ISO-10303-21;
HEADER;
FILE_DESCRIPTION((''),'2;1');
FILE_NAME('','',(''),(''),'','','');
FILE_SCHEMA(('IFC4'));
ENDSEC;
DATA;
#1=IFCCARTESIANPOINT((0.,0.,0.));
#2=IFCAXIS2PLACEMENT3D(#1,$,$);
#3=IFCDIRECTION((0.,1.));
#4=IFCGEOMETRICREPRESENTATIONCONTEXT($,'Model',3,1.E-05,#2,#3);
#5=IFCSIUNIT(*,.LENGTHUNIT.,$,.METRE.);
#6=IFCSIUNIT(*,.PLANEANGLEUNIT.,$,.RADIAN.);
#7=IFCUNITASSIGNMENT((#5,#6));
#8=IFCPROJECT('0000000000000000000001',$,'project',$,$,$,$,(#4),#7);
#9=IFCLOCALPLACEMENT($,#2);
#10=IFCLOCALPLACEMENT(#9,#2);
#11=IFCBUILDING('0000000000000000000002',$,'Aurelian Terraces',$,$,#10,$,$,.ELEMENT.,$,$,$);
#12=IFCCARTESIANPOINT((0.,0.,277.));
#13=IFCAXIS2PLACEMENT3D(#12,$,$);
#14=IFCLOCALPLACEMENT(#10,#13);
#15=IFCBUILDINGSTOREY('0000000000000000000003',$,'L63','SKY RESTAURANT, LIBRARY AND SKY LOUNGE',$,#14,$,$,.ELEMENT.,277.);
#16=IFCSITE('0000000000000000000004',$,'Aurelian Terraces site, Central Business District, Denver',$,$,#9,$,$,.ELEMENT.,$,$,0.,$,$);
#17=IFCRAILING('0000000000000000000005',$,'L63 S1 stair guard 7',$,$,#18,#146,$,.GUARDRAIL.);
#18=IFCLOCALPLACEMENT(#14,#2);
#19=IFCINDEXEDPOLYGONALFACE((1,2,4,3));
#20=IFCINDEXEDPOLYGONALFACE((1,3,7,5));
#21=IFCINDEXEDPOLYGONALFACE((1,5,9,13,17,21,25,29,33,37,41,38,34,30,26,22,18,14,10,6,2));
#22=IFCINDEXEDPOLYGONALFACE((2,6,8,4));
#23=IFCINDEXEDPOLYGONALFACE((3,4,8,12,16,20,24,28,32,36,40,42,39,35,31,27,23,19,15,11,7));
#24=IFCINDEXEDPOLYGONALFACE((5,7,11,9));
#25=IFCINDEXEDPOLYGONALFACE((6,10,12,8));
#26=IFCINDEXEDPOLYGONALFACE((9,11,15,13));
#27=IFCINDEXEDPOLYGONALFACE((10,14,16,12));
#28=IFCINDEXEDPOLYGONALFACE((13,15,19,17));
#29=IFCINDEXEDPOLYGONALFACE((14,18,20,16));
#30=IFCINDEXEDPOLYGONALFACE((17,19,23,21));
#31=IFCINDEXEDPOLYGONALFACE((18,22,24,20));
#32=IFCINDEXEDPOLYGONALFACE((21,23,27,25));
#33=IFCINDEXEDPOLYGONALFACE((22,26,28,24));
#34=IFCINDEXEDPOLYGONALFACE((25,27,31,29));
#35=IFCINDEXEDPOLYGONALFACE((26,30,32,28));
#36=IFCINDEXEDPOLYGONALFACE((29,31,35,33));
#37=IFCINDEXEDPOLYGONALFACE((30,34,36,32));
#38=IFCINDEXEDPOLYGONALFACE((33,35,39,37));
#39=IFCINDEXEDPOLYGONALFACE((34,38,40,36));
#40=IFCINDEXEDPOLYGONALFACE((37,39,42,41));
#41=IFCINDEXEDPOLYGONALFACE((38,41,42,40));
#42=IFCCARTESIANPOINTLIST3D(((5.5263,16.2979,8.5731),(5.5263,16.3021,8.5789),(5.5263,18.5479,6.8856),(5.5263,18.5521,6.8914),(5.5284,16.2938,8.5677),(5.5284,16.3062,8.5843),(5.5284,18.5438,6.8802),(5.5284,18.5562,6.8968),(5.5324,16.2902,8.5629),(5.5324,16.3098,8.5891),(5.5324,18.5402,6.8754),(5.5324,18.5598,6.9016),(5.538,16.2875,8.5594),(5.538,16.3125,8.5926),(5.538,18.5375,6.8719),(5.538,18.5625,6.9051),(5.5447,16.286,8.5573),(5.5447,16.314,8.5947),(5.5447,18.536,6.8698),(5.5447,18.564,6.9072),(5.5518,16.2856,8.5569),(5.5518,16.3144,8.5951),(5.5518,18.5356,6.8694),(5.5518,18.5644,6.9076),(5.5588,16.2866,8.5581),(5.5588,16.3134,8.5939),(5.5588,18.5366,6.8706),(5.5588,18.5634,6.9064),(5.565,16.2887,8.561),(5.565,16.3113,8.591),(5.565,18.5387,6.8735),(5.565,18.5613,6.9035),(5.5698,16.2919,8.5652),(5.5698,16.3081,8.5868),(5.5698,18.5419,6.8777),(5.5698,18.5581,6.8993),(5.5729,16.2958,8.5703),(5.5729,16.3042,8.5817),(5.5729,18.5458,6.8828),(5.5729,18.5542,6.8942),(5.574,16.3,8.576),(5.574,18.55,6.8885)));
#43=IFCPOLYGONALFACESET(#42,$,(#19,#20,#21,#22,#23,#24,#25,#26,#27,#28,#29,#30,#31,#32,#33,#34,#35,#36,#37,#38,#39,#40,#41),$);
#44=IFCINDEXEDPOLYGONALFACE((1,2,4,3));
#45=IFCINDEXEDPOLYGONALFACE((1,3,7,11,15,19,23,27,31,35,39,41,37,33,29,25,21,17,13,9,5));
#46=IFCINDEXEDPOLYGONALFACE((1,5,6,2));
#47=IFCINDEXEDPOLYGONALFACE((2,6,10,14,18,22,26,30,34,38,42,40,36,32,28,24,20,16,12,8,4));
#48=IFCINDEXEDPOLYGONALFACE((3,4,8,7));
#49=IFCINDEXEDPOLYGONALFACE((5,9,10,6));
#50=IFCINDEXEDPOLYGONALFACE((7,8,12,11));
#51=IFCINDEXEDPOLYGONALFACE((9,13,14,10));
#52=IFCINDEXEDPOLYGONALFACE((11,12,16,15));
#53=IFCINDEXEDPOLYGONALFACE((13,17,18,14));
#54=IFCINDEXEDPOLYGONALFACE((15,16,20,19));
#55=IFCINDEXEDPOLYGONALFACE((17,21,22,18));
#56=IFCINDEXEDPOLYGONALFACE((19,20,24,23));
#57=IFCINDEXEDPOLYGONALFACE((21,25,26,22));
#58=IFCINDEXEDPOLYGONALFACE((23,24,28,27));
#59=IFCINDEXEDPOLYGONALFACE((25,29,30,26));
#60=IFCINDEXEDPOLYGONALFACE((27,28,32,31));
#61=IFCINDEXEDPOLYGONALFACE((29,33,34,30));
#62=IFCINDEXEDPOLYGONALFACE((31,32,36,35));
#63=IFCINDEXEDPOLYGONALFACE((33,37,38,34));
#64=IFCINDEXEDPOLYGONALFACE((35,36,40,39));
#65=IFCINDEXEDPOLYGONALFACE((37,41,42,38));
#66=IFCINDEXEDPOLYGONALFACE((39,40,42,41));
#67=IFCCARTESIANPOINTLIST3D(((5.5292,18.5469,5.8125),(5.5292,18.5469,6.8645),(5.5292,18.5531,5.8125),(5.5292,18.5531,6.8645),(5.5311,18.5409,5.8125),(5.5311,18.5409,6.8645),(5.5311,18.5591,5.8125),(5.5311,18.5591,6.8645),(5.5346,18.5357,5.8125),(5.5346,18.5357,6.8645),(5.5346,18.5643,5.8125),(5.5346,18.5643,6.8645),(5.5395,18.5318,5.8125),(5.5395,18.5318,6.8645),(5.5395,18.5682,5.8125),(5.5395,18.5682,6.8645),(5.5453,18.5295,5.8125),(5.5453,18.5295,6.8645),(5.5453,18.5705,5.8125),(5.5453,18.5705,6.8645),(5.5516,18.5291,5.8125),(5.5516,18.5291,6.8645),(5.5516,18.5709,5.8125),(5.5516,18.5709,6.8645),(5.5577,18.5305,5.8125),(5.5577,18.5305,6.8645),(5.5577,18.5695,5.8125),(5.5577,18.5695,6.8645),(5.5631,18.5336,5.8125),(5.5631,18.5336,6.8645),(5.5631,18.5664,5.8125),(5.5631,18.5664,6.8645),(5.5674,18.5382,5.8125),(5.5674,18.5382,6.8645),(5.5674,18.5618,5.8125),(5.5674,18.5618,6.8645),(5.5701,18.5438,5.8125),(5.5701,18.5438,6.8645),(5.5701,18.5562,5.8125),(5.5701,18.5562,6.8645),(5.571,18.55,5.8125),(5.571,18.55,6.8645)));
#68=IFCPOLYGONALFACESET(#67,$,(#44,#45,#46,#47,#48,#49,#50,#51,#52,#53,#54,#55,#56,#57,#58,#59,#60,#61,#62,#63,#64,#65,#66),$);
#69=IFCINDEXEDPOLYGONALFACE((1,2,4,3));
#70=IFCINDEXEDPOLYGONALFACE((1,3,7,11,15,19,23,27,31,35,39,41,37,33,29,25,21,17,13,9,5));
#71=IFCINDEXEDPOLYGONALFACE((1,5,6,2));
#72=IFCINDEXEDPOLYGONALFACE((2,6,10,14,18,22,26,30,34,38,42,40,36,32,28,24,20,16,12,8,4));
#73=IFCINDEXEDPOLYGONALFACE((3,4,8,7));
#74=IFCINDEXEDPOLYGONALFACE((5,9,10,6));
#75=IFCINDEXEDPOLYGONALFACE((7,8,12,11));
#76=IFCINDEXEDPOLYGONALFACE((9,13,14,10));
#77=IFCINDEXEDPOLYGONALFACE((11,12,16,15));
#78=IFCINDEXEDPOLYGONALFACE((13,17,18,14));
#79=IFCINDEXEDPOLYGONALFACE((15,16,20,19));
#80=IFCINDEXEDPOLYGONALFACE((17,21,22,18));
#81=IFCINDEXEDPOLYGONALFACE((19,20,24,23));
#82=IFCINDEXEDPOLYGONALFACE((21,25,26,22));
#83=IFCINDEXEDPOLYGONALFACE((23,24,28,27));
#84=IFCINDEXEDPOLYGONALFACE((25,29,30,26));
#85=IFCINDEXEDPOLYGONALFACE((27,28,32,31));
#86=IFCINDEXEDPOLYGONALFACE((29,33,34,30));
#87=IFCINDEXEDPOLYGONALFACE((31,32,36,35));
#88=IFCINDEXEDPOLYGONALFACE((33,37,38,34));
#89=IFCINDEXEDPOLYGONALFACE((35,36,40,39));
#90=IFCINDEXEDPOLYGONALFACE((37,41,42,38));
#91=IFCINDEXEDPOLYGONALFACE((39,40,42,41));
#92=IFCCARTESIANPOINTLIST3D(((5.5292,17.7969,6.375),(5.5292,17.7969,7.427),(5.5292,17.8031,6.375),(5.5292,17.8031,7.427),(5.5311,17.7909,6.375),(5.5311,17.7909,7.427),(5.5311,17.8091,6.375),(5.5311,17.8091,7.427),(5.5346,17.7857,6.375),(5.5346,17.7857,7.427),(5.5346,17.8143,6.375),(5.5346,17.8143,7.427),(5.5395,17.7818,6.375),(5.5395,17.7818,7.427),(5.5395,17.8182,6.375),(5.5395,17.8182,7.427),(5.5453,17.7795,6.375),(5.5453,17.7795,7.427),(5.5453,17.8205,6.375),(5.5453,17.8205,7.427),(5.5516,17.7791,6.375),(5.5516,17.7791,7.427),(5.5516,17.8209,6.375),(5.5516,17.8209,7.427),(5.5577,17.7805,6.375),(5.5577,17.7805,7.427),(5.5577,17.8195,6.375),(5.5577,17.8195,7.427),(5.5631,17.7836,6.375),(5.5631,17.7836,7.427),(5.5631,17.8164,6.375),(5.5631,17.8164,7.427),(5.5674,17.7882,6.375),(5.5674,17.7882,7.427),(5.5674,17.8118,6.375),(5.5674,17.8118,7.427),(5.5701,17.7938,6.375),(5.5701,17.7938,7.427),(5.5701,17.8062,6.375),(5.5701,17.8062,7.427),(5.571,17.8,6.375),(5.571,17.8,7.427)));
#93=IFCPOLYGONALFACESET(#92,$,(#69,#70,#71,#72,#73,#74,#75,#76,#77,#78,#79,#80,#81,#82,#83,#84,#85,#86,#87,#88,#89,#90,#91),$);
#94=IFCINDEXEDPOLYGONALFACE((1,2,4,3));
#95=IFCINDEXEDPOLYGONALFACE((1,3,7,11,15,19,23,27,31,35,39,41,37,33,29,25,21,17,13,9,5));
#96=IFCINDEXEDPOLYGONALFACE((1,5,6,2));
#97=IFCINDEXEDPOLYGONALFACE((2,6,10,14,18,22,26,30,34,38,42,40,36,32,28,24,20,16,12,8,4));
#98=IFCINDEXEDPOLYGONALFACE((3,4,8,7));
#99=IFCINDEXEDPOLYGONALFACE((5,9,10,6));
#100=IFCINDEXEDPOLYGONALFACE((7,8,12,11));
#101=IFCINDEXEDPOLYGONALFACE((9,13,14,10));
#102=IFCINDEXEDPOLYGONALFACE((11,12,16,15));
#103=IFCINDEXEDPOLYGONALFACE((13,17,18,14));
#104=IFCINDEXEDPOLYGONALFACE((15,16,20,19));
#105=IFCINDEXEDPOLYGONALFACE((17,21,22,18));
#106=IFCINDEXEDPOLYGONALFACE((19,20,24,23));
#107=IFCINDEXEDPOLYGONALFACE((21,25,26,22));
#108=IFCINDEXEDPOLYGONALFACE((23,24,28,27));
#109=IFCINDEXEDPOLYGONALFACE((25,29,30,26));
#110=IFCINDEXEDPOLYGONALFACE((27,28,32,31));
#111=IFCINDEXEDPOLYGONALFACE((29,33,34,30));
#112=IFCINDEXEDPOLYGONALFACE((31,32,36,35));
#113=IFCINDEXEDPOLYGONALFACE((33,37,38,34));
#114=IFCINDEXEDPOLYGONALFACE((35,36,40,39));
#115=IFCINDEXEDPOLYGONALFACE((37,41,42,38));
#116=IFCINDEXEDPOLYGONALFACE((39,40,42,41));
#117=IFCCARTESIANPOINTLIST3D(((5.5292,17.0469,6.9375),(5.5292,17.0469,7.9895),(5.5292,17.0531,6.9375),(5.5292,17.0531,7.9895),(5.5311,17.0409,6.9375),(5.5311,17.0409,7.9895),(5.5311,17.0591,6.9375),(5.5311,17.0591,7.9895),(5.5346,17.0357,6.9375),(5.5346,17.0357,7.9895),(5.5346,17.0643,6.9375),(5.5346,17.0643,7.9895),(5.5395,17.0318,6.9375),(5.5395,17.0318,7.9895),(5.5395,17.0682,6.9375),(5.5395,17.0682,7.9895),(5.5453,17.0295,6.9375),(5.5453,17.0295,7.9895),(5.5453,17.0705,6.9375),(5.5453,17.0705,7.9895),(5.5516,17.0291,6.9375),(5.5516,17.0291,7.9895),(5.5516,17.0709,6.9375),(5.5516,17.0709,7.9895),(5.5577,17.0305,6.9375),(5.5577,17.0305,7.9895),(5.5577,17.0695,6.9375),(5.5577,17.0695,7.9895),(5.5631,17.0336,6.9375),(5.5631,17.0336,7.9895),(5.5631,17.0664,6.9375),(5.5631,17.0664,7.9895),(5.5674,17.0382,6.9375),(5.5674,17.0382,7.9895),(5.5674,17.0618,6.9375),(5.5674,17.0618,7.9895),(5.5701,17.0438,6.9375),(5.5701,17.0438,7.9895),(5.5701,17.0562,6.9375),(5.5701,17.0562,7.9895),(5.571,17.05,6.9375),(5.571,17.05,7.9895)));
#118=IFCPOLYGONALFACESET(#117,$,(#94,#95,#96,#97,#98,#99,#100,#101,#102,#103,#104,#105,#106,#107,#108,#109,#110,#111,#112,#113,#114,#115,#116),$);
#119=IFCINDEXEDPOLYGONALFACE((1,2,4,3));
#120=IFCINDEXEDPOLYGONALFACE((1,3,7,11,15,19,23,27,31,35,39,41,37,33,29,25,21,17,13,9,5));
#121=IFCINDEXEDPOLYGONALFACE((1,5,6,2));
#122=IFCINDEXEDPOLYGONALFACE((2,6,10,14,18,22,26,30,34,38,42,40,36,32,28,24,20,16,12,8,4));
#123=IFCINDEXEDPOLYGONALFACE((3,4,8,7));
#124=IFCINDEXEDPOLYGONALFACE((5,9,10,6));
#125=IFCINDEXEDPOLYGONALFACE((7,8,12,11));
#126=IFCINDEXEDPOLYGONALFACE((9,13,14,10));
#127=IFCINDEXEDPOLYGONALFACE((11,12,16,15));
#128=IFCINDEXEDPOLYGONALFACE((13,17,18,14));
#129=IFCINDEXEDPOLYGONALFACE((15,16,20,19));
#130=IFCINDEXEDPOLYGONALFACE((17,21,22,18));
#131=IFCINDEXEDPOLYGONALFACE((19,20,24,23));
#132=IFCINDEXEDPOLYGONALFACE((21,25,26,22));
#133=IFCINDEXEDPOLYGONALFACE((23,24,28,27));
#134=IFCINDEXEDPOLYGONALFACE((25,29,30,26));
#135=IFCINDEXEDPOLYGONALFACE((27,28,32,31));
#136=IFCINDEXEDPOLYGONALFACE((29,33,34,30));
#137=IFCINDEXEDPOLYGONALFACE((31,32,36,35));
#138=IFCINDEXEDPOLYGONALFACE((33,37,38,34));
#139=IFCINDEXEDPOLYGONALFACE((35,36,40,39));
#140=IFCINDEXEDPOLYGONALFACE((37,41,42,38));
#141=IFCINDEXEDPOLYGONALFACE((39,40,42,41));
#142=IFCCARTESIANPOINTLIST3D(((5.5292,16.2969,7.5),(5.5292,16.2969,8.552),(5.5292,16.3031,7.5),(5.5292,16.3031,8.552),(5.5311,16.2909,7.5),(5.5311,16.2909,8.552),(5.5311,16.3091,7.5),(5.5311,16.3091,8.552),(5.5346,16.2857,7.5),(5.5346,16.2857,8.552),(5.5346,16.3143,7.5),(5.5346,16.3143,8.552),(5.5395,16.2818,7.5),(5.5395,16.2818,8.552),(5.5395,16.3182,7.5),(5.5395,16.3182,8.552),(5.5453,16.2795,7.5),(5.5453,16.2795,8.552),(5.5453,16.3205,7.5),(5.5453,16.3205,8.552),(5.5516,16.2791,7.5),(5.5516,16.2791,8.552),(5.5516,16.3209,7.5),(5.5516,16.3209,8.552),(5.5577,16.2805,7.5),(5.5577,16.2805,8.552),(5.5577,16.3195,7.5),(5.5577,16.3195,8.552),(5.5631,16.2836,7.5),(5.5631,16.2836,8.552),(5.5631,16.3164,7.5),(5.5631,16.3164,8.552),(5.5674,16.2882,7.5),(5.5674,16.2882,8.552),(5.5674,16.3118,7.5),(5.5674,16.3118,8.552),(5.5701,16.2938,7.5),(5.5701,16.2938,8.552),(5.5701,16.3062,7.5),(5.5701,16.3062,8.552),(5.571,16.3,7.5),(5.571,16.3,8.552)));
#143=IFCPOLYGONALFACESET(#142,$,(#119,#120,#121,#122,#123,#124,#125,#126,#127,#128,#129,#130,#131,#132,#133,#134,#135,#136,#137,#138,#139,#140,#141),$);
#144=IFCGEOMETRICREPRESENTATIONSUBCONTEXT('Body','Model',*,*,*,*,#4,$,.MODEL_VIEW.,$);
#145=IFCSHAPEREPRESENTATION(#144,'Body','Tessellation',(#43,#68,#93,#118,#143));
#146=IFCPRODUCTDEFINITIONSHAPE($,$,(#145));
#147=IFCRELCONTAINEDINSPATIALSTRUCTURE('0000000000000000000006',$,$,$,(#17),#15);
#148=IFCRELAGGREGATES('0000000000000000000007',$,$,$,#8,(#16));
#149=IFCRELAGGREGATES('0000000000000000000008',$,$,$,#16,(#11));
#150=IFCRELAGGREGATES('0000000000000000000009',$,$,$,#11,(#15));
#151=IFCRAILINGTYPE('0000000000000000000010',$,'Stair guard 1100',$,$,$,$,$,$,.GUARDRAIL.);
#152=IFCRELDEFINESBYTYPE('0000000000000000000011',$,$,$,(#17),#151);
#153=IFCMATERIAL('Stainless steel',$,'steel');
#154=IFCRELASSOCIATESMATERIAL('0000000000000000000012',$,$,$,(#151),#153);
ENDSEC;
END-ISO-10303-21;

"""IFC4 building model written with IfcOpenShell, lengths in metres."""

from ifc_helpers import new_model, si_unit, direction, frame, origin, origin_2d, place, context, subcontext, project, spatial, circle, extrude, source, transform, mapped, material, type_object, element, save


model = new_model("IFC4")

# Units and contexts
model_context = context("Model", 3, precision=1e-05, world=origin(), true_north=direction((0.0, 1.0)))
body_context = subcontext(model_context, "Body", "Model", "MODEL_VIEW")
ifc_project = project(units=[si_unit("LENGTHUNIT", "METRE"), si_unit("PLANEANGLEUNIT", "RADIAN")], contexts=[model_context])

# Site, building, storey
site_placement = place(None, origin())
site = spatial("IfcSite", under=ifc_project, at=site_placement, Name="Aurelian Terraces site, Central Business District, Denver", CompositionType="ELEMENT", RefElevation=0.0)
building_placement = place(site_placement, origin())
building = spatial("IfcBuilding", under=site, at=building_placement, Name="Aurelian Terraces", CompositionType="ELEMENT")
storey_placement = place(building_placement, frame((0.0, 0.0, 277.0)))
storey = spatial("IfcBuildingStorey", under=building, at=storey_placement, Name="L63", Description="SKY RESTAURANT, LIBRARY AND SKY LOUNGE", CompositionType="ELEMENT", Elevation=277.0)

# Railing
ifc_material_1 = material(Name="Stainless steel", Category="steel")
railing_type_1 = type_object("IfcRailingType", Name="Stair guard 1100", PredefinedType="GUARDRAIL", material=ifc_material_1)
shared_shape_1 = source(origin(), body_context, "Body", "SweptSolid", [
    extrude(circle(Radius=0.024, at=origin_2d()), frame((0.0, 0.0, 1.076), z_axis=(0.0, -0.8, 0.6), x_axis=(1.0, 0.0, 0.0)), (0.0, 0.0, 1.0), 2.8125),
    extrude(circle(Radius=0.021, at=origin_2d()), origin(), (0.0, 0.0, 1.0), 1.052),
    extrude(circle(Radius=0.021, at=origin_2d()), frame((0.0, -0.75, 0.5625)), (0.0, 0.0, 1.0), 1.052),
    extrude(circle(Radius=0.021, at=origin_2d()), frame((0.0, -1.5, 1.125)), (0.0, 0.0, 1.0), 1.052),
    extrude(circle(Radius=0.021, at=origin_2d()), frame((0.0, -2.25, 1.6875)), (0.0, 0.0, 1.0), 1.052),
])
for number, where, name in (
    (1, (5.55, 18.55, 5.8125), "L63 S1 stair guard 7"),
):
    element("IfcRailing", number, at=place(storey_placement, frame(where)), inside=storey, type_object=railing_type_1, Name=name, PredefinedType="GUARDRAIL", context=body_context, shape_type="MappedRepresentation", body=[
        mapped(shared_shape_1, transform((0.0, 0.0, 0.0), scale=1.0)),
    ])

save(model, "model.ifc")
